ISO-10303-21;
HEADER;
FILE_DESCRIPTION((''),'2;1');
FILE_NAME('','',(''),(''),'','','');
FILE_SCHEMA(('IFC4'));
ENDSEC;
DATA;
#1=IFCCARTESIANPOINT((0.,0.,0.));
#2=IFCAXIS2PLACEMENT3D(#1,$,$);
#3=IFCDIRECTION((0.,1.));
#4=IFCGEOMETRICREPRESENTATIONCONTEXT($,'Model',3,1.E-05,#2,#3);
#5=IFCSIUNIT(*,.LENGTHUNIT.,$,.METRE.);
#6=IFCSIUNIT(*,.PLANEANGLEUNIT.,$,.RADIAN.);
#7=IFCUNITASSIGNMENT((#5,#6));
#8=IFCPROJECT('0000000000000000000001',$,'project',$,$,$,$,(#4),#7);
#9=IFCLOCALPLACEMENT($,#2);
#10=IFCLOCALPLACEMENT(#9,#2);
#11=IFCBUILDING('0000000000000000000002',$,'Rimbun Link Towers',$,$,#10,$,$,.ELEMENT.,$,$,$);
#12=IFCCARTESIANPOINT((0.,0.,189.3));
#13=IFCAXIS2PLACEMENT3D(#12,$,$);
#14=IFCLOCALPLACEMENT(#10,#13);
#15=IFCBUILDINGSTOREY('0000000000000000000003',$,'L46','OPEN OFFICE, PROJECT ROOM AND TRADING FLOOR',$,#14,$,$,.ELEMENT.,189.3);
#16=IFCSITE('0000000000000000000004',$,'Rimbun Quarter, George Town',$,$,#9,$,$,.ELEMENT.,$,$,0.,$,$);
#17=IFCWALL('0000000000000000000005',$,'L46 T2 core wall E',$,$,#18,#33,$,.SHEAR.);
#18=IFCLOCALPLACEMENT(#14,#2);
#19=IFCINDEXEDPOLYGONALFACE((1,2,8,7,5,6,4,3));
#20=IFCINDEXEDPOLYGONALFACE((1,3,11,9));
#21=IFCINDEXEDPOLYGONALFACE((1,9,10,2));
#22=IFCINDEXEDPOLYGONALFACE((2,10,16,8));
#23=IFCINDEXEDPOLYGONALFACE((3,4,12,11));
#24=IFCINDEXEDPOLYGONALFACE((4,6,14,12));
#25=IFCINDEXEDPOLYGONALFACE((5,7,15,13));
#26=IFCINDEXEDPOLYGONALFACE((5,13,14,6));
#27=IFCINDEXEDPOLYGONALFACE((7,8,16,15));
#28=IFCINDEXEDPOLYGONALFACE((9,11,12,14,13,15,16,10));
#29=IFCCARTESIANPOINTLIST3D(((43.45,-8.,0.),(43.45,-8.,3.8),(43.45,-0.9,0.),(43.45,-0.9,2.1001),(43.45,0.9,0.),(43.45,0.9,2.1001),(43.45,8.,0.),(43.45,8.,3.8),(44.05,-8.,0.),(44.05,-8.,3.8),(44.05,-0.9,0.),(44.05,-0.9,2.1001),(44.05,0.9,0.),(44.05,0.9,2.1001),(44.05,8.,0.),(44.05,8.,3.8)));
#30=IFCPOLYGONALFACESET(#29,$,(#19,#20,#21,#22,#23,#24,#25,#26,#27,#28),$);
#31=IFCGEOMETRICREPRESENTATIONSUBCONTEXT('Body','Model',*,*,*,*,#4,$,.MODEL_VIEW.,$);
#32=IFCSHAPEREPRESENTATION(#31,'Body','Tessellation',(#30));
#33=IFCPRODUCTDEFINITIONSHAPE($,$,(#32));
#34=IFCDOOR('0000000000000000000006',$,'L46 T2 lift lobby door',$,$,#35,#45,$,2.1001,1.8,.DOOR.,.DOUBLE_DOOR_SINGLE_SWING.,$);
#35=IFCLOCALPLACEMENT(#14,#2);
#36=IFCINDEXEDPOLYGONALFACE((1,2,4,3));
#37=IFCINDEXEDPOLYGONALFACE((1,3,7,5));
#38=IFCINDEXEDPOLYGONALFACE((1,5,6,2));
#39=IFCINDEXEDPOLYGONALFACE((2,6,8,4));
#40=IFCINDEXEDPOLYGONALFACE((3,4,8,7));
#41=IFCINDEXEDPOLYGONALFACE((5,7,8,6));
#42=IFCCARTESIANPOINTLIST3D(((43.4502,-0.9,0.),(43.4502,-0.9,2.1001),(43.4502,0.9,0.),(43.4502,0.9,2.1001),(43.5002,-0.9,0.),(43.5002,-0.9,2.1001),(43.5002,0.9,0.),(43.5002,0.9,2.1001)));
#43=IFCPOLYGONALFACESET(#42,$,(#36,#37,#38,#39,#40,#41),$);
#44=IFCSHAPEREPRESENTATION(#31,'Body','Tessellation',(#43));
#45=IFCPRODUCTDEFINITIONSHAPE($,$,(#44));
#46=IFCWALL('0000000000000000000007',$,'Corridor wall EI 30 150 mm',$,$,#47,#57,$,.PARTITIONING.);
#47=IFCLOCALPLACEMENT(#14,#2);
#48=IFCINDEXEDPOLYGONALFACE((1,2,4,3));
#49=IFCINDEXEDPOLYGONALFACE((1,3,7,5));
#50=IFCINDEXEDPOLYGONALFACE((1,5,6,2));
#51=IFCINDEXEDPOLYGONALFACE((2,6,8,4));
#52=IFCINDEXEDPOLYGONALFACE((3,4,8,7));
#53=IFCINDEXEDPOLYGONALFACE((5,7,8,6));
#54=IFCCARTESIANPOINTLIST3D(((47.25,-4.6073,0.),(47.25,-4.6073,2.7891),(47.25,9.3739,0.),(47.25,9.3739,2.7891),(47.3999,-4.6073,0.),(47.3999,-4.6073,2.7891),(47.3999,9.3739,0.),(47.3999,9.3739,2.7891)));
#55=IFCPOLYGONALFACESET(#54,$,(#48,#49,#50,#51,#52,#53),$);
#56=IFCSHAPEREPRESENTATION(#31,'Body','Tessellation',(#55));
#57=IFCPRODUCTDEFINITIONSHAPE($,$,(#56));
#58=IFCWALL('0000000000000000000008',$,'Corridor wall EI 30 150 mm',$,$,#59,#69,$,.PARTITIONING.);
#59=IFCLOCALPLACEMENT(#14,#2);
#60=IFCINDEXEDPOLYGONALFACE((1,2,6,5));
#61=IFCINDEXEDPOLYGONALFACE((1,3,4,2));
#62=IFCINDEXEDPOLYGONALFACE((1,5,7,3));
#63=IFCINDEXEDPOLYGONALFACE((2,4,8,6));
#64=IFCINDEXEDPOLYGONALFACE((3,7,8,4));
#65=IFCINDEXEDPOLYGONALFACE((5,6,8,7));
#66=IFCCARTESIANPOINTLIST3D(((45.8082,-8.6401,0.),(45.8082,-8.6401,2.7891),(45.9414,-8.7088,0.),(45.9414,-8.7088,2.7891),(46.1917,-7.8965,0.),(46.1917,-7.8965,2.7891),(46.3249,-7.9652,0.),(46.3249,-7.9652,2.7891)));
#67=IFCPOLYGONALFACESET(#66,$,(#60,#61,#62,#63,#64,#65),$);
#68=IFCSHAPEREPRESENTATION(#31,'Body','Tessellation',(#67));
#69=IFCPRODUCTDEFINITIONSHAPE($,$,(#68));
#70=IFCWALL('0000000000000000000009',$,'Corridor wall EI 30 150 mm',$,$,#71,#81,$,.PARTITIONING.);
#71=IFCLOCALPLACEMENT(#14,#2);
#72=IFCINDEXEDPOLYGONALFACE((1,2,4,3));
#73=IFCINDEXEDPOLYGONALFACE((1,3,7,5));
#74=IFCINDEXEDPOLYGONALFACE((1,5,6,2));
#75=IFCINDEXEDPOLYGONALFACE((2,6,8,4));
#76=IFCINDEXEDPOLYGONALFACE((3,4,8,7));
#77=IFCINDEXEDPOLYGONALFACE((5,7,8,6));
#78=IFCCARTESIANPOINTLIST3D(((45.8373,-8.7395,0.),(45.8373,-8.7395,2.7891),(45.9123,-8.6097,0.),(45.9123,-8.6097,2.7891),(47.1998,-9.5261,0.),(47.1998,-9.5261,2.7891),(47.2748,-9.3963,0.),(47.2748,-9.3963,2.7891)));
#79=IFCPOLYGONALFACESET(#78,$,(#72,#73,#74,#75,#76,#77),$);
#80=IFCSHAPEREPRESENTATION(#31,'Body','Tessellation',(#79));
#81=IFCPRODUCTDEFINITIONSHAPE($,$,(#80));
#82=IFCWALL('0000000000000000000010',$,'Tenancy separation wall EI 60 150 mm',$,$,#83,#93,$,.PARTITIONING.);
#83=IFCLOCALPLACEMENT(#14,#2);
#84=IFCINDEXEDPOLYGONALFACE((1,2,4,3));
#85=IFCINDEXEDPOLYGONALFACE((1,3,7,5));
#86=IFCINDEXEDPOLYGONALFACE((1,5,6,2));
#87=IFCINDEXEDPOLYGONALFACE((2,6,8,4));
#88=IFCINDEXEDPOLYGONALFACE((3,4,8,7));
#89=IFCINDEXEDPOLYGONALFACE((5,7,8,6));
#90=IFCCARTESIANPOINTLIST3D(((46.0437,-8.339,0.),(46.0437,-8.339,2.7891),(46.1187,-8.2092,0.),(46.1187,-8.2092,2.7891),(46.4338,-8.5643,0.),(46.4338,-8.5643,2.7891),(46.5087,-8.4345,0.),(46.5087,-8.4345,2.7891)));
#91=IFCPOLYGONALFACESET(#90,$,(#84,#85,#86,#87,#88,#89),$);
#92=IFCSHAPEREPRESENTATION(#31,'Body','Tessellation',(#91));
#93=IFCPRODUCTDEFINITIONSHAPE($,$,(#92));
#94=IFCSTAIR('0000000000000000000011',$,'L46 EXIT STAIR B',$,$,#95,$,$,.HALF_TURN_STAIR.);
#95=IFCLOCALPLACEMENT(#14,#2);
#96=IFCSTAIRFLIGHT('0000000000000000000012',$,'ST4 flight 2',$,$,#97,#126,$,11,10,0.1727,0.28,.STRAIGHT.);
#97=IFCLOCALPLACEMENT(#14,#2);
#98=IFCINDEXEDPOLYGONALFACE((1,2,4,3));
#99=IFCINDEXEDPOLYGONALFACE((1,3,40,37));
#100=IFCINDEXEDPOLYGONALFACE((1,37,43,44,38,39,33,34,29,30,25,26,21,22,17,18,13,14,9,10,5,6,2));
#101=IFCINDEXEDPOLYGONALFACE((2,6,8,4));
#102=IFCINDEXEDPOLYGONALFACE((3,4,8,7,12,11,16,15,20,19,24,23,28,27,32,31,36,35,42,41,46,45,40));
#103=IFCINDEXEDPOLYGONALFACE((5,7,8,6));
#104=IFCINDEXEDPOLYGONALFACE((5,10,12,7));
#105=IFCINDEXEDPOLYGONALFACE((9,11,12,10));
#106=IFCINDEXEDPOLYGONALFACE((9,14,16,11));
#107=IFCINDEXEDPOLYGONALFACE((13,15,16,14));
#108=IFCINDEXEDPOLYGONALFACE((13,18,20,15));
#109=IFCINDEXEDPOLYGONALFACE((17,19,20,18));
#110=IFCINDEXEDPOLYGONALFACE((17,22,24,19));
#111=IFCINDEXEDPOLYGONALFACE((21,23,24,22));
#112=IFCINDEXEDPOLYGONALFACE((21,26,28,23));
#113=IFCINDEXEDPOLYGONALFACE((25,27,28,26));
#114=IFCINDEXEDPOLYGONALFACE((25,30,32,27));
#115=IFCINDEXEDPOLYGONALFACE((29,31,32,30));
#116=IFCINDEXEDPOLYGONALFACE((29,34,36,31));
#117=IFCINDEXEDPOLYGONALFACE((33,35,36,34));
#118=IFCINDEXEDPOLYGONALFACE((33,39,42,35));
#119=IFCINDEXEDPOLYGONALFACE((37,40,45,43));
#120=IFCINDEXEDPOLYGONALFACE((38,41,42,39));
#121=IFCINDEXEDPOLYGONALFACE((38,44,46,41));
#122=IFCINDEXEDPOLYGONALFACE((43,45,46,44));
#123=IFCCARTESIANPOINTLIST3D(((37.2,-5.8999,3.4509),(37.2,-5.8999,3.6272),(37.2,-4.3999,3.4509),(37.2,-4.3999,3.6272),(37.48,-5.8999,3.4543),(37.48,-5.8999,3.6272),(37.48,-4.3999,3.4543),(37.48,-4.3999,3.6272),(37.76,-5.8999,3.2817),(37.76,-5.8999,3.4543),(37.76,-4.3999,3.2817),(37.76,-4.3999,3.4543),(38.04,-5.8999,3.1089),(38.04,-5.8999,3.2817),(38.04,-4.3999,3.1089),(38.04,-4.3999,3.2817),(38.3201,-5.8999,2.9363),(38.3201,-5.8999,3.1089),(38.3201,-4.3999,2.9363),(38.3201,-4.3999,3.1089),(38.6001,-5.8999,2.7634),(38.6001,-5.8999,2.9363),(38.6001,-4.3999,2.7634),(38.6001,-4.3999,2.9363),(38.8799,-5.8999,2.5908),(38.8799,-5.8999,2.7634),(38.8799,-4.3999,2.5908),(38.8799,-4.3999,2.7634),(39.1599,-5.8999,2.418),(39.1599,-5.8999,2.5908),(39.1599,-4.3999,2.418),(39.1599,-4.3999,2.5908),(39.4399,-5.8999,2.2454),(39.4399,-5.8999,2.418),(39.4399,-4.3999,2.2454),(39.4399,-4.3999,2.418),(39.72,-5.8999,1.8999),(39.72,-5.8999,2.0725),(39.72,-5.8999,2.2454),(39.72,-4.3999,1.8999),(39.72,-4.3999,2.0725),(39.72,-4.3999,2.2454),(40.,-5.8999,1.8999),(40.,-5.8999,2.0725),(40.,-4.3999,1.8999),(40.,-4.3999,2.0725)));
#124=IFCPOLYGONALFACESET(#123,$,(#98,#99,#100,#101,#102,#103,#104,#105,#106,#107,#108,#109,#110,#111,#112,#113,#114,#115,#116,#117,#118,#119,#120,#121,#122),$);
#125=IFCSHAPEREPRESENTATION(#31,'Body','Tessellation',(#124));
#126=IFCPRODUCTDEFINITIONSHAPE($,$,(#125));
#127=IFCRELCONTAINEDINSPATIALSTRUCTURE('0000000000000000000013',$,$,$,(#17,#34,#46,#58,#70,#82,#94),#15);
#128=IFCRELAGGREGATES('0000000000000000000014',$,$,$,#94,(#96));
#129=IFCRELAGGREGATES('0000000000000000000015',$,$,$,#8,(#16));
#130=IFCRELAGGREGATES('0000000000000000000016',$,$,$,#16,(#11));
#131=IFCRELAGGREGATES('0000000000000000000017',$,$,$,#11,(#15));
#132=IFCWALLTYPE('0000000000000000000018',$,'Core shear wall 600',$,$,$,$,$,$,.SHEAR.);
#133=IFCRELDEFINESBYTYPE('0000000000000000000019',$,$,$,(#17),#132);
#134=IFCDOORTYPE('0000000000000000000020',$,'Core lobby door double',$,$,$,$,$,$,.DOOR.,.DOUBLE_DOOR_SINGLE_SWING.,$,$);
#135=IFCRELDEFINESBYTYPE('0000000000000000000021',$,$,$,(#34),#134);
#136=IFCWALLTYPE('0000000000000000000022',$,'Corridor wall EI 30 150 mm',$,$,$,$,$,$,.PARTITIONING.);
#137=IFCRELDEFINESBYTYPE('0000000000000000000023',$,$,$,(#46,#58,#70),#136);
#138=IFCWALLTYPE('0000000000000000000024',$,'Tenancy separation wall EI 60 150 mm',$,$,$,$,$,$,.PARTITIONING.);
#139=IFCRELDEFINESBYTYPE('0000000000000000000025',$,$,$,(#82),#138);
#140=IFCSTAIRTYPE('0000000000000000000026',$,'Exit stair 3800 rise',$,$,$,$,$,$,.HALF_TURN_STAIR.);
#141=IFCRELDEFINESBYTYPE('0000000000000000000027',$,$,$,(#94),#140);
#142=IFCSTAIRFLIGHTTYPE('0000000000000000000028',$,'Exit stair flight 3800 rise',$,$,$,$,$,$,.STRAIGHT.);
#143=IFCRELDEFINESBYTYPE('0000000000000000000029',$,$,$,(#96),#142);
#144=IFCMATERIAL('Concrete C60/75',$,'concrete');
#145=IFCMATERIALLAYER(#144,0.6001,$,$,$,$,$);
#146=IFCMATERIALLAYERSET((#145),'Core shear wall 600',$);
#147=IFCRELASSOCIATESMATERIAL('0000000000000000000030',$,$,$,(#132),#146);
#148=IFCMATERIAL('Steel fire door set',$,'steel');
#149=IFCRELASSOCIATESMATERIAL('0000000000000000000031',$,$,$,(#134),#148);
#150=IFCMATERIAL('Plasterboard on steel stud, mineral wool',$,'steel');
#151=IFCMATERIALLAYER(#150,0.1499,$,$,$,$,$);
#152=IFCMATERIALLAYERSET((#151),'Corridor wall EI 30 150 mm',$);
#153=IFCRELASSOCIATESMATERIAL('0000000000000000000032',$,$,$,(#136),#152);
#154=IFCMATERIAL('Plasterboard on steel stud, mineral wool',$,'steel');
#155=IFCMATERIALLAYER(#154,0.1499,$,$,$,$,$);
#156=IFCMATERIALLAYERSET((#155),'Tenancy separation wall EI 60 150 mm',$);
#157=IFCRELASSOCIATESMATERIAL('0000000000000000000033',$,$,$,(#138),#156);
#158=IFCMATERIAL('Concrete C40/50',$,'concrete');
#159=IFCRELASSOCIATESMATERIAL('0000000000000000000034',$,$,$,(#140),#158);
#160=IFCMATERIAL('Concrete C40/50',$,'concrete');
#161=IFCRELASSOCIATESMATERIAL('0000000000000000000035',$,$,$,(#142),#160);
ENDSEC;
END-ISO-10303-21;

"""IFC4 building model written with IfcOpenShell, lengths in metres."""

from ifc_helpers import new_model, si_unit, direction, frame, frame_2d, origin, place, context, subcontext, project, spatial, polyline, rectangle, outline, extrude, material, layer, layer_set, type_object, element, fill, aggregate, save


model = new_model("IFC4")

# Units and contexts
model_context = context("Model", 3, precision=1e-05, world=origin(), true_north=direction((0.0, 1.0)))
body_context = subcontext(model_context, "Body", "Model", "MODEL_VIEW")
ifc_project = project(units=[si_unit("LENGTHUNIT", "METRE"), si_unit("PLANEANGLEUNIT", "RADIAN")], contexts=[model_context])

# Site, building, storey
site_placement = place(None, origin())
site = spatial("IfcSite", under=ifc_project, at=site_placement, Name="Rimbun Quarter, George Town", CompositionType="ELEMENT", RefElevation=0.0)
building_placement = place(site_placement, origin())
building = spatial("IfcBuilding", under=site, at=building_placement, Name="Rimbun Link Towers", CompositionType="ELEMENT")
storey_placement = place(building_placement, frame((0.0, 0.0, 189.3)))
storey = spatial("IfcBuildingStorey", under=building, at=storey_placement, Name="L46", Description="OPEN OFFICE, PROJECT ROOM AND TRADING FLOOR", CompositionType="ELEMENT", Elevation=189.3)

# Wall, opening, door
ifc_material_1 = material(Name="Concrete C60/75", Category="concrete")
ifc_layer_1 = layer(ifc_material_1, 0.6001)
ifc_layer_set_1 = layer_set([ifc_layer_1], Name="Core shear wall 600")
wall_type_1 = type_object("IfcWallType", Name="Core shear wall 600", PredefinedType="SHEAR", material=ifc_layer_set_1)
wall_1_placement = place(storey_placement, frame((43.75, -8.0, 0.0), z_axis=(0.0, 0.0, 1.0), x_axis=(0.0, 1.0, 0.0)))
wall_1 = element("IfcWall", 1, at=wall_1_placement, inside=storey, type_object=wall_type_1, Name="L46 T2 core wall E", PredefinedType="SHEAR", context=body_context, shape_type="SweptSolid", body=[
    extrude(rectangle(XDim=16.0, YDim=0.6001, at=frame_2d((8.0, 0.0))), origin(), (0.0, 0.0, 1.0), 3.8),
])
opening_1_placement = place(wall_1_placement, frame((7.1001, 0.0, 0.0)))
opening_1 = element("IfcOpeningElement", 2, at=opening_1_placement, cuts=wall_1, PredefinedType="OPENING", context=body_context, shape_type="SweptSolid", body=[
    extrude(rectangle(XDim=1.8, YDim=2.1001, at=frame_2d((0.8999, 1.05))), frame((0.0, 0.3101, 0.0), z_axis=(0.0, -1.0, 0.0), x_axis=(1.0, 0.0, 0.0)), (0.0, 0.0, 1.0), 0.6201),
])
ifc_material_2 = material(Name="Steel fire door set", Category="steel")
door_type = type_object("IfcDoorType", Name="Core lobby door double", OperationType="DOUBLE_DOOR_SINGLE_SWING", PredefinedType="DOOR", material=ifc_material_2)
door_placement = place(opening_1_placement, origin())
door = element("IfcDoor", 3, at=door_placement, inside=storey, type_object=door_type, Name="L46 T2 lift lobby door", OperationType="DOUBLE_DOOR_SINGLE_SWING", OverallHeight=2.1001, OverallWidth=1.8, PredefinedType="DOOR", context=body_context, shape_type="SweptSolid", body=[
    extrude(rectangle(XDim=1.8, YDim=2.1001, at=frame_2d((0.8999, 1.05))), frame((0.0, 0.2998, 0.0), z_axis=(0.0, -1.0, 0.0), x_axis=(1.0, 0.0, 0.0)), (0.0, 0.0, 1.0), 0.05),
])
fill(opening_1, door)

# Walls
ifc_material_3 = material(Name="Plasterboard on steel stud, mineral wool", Category="steel")
ifc_layer_2 = layer(ifc_material_3, 0.1499)
ifc_layer_set_2 = layer_set([ifc_layer_2], Name="Corridor wall EI 30 150 mm")
wall_type_2 = type_object("IfcWallType", Name="Corridor wall EI 30 150 mm", PredefinedType="PARTITIONING", material=ifc_layer_set_2)
wall_2_placement = place(storey_placement, frame((47.325, -4.6074, 0.0), z_axis=(0.0, 0.0, 1.0), x_axis=(0.0, 1.0, 0.0)))
element("IfcWall", 4, at=wall_2_placement, inside=storey, type_object=wall_type_2, Name="Corridor wall EI 30 150 mm", PredefinedType="PARTITIONING", context=body_context, shape_type="SweptSolid", body=[
    extrude(rectangle(XDim=13.9812, YDim=0.1499, at=frame_2d((6.9907, 0.0))), origin(), (0.0, 0.0, 1.0), 2.7891),
])
wall_3_placement = place(storey_placement, frame((45.8748, -8.6746, 0.0), z_axis=(0.0, 0.0, 1.0), x_axis=(0.458383, 0.888755, 0.0)))
element("IfcWall", 5, at=wall_3_placement, inside=storey, type_object=wall_type_2, Name="Corridor wall EI 30 150 mm", PredefinedType="PARTITIONING", context=body_context, shape_type="SweptSolid", body=[
    extrude(rectangle(XDim=0.8367, YDim=0.1499, at=frame_2d((0.4185, 0.0))), origin(), (0.0, 0.0, 1.0), 2.7891),
])
wall_4_placement = place(storey_placement, frame((47.2373, -9.4612, 0.0), z_axis=(0.0, 0.0, 1.0), x_axis=(-0.866038, 0.499978, 0.0)))
element("IfcWall", 6, at=wall_4_placement, inside=storey, type_object=wall_type_2, Name="Corridor wall EI 30 150 mm", PredefinedType="PARTITIONING", context=body_context, shape_type="SweptSolid", body=[
    extrude(rectangle(XDim=1.5732, YDim=0.1499, at=frame_2d((0.7866, 0.0))), origin(), (0.0, 0.0, 1.0), 2.7891),
])
ifc_material_4 = material(Name="Plasterboard on steel stud, mineral wool", Category="steel")
ifc_layer_3 = layer(ifc_material_4, 0.1499)
ifc_layer_set_3 = layer_set([ifc_layer_3], Name="Tenancy separation wall EI 60 150 mm")
wall_type_3 = type_object("IfcWallType", Name="Tenancy separation wall EI 60 150 mm", PredefinedType="PARTITIONING", material=ifc_layer_set_3)
wall_5_placement = place(storey_placement, frame((46.0813, -8.2742, 0.0), z_axis=(0.0, 0.0, 1.0), x_axis=(0.865933, -0.50016, 0.0)))
element("IfcWall", 7, at=wall_5_placement, inside=storey, type_object=wall_type_3, Name="Tenancy separation wall EI 60 150 mm", PredefinedType="PARTITIONING", context=body_context, shape_type="SweptSolid", body=[
    extrude(rectangle(XDim=0.4504, YDim=0.1499, at=frame_2d((0.2251, 0.0))), origin(), (0.0, 0.0, 1.0), 2.7891),
])

# Stair, stair flight
ifc_material_5 = material(Name="Concrete C40/50", Category="concrete")
stair_type = type_object("IfcStairType", Name="Exit stair 3800 rise", PredefinedType="HALF_TURN_STAIR", material=ifc_material_5)
stair_placement = place(storey_placement, origin())
stair = element("IfcStair", 8, at=stair_placement, inside=storey, type_object=stair_type, Name="L46 EXIT STAIR B", PredefinedType="HALF_TURN_STAIR")
ifc_material_6 = material(Name="Concrete C40/50", Category="concrete")
stair_flight_type = type_object("IfcStairFlightType", Name="Exit stair flight 3800 rise", PredefinedType="STRAIGHT", material=ifc_material_6)
stair_flight_placement = place(storey_placement, frame((40.0, -5.1499, 1.8999), z_axis=(0.0, 0.0, 1.0), x_axis=(-1.0, 0.0, 0.0)))
stair_flight = element("IfcStairFlight", 9, at=stair_flight_placement, type_object=stair_flight_type, Name="ST4 flight 2", NumberOfRisers=11, NumberOfTreads=10, PredefinedType="STRAIGHT", RiserHeight=0.1727, TreadLength=0.28, context=body_context, shape_type="SweptSolid", body=[
    extrude(outline(polyline([(0.0, 0.0), (0.0, 0.1726), (0.28, 0.1726), (0.28, 0.3455), (0.5601, 0.3455), (0.5601, 0.5181), (0.8401, 0.5181), (0.8401, 0.6909), (1.1201, 0.6909), (1.1201, 0.8635), (1.3999, 0.8635), (1.3999, 1.0364), (1.6799, 1.0364), (1.6799, 1.209), (1.96, 1.209), (1.96, 1.3818), (2.24, 1.3818), (2.24, 1.5544), (2.52, 1.5544), (2.52, 1.7273), (2.8, 1.7273), (2.8, 1.8999), (2.8, 1.551), (0.28, 0.0), (0.0, 0.0)])), frame((0.0, 0.75, 0.0), z_axis=(0.0, -1.0, 0.0), x_axis=(1.0, 0.0, 0.0)), (0.0, 0.0, 1.0), 1.5),
])
aggregate(stair, [stair_flight])

save(model, "model.ifc")
